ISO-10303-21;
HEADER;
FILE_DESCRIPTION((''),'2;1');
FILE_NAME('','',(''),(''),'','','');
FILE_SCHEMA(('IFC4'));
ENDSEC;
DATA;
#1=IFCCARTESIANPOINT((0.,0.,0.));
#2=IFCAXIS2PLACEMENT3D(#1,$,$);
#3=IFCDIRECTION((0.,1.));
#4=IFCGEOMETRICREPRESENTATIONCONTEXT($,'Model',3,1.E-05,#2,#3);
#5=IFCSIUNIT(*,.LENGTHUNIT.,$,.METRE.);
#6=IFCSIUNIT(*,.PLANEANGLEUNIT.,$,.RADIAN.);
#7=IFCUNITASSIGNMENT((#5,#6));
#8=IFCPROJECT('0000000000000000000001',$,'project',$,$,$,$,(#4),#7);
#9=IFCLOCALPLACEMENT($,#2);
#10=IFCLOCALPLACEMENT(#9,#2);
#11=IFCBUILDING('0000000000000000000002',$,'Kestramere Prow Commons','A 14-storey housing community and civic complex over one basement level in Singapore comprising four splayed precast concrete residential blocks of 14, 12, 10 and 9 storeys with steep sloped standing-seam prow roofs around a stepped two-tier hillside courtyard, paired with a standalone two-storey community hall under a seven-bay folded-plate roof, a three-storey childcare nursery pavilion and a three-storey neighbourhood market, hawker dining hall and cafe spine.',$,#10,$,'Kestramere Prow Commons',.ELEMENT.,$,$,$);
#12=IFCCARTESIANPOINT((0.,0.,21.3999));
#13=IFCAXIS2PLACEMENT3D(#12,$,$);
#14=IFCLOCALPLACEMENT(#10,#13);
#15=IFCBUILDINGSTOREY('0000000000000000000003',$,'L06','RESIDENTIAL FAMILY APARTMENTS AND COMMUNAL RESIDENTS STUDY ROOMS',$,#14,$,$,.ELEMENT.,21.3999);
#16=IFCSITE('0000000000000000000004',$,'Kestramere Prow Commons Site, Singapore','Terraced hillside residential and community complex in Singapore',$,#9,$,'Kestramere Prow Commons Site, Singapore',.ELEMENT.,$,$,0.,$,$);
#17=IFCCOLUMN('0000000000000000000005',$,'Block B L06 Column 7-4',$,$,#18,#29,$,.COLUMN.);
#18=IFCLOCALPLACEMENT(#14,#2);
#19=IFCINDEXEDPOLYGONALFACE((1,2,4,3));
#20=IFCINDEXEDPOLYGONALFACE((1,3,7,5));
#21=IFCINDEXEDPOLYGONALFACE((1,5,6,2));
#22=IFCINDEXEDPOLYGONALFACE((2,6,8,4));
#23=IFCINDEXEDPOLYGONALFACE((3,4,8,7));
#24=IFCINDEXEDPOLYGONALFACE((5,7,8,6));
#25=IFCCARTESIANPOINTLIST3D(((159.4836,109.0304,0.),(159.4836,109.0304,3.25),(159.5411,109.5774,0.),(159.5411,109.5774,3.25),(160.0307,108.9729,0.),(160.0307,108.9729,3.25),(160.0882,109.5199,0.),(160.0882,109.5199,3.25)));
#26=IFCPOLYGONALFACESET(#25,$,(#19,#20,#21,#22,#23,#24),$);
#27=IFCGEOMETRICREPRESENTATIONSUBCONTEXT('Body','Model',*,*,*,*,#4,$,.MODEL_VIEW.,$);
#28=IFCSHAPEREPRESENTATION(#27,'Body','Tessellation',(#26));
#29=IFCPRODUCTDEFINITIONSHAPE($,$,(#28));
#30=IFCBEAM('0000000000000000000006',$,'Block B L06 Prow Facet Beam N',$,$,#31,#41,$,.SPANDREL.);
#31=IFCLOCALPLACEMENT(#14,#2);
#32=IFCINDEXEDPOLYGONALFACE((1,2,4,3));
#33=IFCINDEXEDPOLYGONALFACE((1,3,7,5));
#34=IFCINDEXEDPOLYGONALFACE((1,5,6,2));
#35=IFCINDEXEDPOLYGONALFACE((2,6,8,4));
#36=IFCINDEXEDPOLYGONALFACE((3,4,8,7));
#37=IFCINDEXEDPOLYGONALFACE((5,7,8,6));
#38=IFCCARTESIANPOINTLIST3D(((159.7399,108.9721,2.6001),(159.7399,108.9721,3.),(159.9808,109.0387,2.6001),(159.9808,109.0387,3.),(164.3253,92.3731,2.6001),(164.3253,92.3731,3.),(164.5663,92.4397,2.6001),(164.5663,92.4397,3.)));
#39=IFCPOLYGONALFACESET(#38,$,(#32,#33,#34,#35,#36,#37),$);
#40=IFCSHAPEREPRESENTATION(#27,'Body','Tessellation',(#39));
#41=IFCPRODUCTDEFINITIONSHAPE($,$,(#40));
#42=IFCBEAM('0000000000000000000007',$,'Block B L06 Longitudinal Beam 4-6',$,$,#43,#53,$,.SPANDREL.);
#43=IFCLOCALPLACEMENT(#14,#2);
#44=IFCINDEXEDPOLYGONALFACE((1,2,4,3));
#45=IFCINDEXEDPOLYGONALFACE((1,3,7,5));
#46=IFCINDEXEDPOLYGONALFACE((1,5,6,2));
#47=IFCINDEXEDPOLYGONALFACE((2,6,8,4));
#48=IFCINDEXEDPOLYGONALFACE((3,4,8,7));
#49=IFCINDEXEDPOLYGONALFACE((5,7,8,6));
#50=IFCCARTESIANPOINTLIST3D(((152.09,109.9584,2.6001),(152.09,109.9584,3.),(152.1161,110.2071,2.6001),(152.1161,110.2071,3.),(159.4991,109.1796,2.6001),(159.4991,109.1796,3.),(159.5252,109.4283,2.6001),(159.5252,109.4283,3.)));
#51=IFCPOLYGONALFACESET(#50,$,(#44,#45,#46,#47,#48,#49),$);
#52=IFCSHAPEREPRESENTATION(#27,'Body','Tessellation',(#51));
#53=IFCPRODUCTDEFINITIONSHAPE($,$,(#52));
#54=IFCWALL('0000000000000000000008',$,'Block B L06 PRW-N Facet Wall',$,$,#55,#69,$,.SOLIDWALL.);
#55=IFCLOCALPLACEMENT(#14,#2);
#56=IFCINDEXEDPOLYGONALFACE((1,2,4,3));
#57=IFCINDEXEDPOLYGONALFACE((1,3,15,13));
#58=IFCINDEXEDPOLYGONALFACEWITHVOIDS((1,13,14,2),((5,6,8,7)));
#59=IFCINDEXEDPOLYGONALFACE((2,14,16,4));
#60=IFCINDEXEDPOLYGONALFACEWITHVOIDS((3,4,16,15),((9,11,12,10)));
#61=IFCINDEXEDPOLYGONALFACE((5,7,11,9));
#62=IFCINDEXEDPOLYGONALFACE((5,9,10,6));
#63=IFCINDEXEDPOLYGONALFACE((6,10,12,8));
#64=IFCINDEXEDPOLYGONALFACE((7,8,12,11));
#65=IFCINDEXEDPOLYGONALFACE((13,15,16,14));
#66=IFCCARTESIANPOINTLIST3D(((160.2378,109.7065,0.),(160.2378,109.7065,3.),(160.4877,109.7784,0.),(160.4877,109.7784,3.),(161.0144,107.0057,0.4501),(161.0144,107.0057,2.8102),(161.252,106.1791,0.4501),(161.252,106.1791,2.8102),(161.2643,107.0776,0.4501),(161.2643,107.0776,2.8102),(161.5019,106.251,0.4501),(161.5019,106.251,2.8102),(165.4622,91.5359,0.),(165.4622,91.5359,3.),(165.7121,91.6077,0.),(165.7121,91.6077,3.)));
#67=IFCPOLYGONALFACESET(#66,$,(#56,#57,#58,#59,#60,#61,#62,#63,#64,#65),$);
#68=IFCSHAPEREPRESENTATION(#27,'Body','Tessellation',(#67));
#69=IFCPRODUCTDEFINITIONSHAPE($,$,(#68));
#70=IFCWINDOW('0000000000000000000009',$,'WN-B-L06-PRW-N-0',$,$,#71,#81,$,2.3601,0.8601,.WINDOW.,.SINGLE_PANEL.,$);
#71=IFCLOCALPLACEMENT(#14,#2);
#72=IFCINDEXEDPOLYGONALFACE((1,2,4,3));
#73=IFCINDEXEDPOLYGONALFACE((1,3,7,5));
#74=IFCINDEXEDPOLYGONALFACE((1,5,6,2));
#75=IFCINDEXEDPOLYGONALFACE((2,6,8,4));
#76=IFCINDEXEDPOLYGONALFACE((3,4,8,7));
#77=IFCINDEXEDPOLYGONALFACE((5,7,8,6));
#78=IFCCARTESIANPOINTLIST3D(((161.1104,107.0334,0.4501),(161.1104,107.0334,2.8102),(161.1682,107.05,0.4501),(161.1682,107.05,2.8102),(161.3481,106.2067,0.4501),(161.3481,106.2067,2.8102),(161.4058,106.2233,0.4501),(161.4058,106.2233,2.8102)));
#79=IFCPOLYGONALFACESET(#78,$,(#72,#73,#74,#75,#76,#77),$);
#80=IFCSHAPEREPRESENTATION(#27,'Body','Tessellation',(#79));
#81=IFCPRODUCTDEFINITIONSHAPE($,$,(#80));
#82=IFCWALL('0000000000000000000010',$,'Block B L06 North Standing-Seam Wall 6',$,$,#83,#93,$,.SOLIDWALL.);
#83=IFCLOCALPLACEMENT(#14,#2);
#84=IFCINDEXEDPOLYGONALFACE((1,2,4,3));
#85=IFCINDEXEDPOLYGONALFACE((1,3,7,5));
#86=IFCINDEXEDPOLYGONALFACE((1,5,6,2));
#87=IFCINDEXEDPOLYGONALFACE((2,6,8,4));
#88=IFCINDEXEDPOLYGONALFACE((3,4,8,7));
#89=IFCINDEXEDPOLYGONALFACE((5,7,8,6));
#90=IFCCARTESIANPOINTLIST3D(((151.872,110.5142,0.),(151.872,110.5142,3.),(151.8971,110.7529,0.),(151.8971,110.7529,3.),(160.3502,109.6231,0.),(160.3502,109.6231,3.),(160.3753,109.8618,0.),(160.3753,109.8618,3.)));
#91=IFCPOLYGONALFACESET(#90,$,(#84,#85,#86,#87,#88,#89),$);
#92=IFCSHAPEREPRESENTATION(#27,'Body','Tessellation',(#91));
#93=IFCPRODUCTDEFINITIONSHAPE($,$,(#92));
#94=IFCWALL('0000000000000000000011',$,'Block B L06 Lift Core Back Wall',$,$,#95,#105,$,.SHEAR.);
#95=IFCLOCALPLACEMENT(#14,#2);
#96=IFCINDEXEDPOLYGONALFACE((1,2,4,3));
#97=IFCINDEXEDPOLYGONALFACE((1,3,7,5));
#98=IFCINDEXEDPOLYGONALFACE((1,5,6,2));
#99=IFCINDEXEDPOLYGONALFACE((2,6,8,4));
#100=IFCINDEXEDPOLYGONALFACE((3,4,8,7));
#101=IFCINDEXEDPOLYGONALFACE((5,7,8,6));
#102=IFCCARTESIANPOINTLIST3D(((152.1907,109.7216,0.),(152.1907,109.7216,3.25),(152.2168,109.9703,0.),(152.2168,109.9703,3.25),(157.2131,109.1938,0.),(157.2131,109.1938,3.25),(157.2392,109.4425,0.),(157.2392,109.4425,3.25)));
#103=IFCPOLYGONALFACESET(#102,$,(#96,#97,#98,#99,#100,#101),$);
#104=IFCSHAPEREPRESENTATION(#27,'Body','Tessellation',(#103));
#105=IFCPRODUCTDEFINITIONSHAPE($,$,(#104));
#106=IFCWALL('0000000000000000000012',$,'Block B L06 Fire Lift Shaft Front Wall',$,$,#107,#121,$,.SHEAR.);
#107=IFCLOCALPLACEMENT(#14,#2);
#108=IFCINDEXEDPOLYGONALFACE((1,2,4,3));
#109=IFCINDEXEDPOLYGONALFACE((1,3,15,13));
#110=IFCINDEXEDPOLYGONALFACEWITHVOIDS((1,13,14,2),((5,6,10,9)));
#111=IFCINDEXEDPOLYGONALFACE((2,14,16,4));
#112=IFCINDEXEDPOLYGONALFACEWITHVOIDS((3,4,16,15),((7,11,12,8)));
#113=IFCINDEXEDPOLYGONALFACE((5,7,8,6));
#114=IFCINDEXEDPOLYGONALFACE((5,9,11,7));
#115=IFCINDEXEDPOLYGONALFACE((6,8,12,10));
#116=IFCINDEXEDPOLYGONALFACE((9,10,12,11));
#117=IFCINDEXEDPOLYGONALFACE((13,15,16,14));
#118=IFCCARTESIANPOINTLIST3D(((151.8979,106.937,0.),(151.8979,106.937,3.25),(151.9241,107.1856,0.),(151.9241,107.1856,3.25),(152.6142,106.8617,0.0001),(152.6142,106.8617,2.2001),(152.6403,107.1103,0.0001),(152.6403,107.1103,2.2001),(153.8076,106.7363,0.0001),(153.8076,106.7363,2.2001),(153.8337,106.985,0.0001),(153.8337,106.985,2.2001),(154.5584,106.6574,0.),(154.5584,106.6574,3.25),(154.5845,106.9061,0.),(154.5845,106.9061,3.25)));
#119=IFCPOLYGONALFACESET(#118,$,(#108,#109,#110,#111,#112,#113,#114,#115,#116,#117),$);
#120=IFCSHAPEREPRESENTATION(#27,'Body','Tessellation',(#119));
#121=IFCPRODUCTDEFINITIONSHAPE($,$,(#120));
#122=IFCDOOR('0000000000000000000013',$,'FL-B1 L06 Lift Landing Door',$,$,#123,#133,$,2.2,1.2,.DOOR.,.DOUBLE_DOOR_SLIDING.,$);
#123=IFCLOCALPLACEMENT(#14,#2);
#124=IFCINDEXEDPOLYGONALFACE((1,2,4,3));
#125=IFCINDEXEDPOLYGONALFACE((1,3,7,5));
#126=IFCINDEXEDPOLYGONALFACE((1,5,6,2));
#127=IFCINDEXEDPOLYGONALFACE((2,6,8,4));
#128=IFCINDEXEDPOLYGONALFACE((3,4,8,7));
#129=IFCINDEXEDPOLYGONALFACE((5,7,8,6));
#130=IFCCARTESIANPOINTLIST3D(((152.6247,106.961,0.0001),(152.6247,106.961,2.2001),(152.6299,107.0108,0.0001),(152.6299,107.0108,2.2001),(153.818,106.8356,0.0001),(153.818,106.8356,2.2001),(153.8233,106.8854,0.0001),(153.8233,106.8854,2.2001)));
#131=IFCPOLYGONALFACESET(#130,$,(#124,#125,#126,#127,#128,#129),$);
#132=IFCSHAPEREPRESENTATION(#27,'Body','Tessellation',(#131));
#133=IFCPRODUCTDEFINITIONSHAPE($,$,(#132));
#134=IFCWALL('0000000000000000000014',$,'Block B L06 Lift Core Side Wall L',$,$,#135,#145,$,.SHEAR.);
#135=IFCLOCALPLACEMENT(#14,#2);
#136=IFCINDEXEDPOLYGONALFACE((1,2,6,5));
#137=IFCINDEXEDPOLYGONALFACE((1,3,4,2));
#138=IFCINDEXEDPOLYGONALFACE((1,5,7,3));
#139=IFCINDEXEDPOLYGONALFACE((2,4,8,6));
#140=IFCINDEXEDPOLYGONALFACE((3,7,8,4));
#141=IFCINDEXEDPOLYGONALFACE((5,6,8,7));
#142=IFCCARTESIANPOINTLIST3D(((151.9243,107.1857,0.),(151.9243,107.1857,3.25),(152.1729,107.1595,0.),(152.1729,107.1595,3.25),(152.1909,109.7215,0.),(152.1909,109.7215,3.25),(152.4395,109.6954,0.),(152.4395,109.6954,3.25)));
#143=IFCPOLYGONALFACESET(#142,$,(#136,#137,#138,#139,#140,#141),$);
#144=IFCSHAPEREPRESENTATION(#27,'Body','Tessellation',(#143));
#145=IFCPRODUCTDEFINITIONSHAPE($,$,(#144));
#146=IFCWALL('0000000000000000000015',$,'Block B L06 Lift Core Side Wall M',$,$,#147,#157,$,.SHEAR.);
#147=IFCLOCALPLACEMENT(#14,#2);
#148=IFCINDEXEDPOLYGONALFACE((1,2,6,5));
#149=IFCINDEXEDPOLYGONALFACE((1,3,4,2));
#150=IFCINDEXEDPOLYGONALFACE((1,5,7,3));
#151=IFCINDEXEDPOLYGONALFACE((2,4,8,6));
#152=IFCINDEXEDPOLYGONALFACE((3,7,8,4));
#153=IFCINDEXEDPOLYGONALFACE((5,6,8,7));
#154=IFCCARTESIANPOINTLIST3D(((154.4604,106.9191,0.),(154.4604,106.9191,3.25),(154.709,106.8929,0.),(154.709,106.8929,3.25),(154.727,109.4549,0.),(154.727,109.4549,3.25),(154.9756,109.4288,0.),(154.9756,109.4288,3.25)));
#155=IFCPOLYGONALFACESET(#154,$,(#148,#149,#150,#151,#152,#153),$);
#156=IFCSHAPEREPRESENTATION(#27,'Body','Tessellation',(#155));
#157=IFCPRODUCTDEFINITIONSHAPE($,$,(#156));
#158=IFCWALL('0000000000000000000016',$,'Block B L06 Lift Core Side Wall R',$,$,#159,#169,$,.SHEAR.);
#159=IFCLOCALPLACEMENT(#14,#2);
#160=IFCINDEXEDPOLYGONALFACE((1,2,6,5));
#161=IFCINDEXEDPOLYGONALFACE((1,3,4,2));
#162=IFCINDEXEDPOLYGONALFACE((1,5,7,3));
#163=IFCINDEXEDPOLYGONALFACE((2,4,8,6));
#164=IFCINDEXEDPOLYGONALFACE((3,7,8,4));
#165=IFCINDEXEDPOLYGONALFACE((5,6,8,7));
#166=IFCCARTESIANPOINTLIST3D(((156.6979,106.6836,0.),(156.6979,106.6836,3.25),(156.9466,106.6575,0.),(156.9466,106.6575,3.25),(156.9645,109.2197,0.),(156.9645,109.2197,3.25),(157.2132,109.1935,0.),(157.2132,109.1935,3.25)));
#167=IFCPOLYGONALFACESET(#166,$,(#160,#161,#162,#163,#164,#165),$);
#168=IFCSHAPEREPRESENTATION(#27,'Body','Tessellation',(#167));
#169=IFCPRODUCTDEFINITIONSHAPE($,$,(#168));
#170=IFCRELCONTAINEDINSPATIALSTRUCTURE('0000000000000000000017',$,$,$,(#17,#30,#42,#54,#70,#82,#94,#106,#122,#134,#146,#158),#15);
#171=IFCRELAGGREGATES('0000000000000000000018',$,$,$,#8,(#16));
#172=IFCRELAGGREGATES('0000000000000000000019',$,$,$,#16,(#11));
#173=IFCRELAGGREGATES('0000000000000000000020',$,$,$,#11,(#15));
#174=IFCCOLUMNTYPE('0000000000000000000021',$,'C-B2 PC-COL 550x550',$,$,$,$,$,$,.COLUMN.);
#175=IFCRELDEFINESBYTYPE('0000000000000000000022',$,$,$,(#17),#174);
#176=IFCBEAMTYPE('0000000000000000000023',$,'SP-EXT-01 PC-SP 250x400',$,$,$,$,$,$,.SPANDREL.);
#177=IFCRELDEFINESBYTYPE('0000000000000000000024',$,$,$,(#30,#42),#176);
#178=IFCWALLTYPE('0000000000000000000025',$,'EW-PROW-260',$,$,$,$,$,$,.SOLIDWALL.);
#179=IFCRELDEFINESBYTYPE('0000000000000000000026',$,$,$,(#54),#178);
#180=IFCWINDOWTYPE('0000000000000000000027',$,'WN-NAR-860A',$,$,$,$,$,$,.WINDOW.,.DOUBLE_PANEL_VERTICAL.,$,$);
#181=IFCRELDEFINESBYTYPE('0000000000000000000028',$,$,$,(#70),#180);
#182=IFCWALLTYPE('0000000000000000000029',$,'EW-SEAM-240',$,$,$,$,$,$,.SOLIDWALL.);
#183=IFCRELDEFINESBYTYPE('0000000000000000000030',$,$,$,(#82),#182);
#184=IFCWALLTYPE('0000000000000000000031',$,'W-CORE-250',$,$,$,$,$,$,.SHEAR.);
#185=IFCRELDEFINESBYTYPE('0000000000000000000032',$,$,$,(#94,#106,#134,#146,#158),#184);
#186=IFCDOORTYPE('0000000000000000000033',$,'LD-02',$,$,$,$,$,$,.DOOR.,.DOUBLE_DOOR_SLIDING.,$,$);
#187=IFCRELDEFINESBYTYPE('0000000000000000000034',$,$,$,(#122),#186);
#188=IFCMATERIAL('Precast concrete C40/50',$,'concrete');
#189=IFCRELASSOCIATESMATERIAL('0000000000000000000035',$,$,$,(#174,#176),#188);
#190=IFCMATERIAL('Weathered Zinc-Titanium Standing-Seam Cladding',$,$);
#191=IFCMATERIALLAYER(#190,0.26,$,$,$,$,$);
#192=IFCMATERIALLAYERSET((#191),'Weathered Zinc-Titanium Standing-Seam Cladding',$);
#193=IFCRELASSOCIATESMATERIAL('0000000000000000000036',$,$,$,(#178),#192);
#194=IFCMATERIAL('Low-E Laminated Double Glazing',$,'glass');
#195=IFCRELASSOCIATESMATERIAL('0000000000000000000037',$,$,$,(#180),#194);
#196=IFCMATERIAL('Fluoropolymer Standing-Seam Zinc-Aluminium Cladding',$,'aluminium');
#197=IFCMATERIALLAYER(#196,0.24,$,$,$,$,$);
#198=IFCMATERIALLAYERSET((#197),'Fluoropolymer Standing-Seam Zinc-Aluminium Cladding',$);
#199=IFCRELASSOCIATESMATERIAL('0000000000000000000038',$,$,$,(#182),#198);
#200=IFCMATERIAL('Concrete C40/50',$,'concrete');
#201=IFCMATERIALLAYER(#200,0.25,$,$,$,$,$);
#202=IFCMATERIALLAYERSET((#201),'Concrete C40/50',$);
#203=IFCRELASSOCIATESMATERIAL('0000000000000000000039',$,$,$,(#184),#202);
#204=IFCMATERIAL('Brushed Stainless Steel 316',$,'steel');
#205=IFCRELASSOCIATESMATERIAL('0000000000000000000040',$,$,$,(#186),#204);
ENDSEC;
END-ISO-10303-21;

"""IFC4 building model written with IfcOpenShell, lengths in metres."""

from ifc_helpers import new_model, si_unit, direction, frame, frame_2d, origin, origin_2d, place, context, subcontext, project, spatial, rectangle, extrude, material, layer, layer_set, material_profile, profile_set, type_object, element, fill, save


model = new_model("IFC4")

# Units and contexts
model_context = context("Model", 3, precision=1e-05, world=origin(), true_north=direction((0.0, 1.0)))
body_context = subcontext(model_context, "Body", "Model", "MODEL_VIEW")
ifc_project = project(units=[si_unit("LENGTHUNIT", "METRE"), si_unit("PLANEANGLEUNIT", "RADIAN")], contexts=[model_context])

# Site, building, storey
site_placement = place(None, origin())
site = spatial("IfcSite", under=ifc_project, at=site_placement, Name="Kestramere Prow Commons Site, Singapore", Description="Terraced hillside residential and community complex in Singapore", LongName="Kestramere Prow Commons Site, Singapore", CompositionType="ELEMENT", RefElevation=0.0)
building_placement = place(site_placement, origin())
building = spatial("IfcBuilding", under=site, at=building_placement, Name="Kestramere Prow Commons", Description="A 14-storey housing community and civic complex over one basement level in Singapore comprising four splayed precast concrete residential blocks of 14, 12, 10 and 9 storeys with steep sloped standing-seam prow roofs around a stepped two-tier hillside courtyard, paired with a standalone two-storey community hall under a seven-bay folded-plate roof, a three-storey childcare nursery pavilion and a three-storey neighbourhood market, hawker dining hall and cafe spine.", LongName="Kestramere Prow Commons", CompositionType="ELEMENT")
storey_placement = place(building_placement, frame((0.0, 0.0, 21.3999)))
storey = spatial("IfcBuildingStorey", under=building, at=storey_placement, Name="L06", Description="RESIDENTIAL FAMILY APARTMENTS AND COMMUNAL RESIDENTS STUDY ROOMS", CompositionType="ELEMENT", Elevation=21.3999)

# Column
ifc_material_1 = material(Name="Precast concrete C40/50", Category="concrete")
ifc_material_profile_1 = material_profile(ifc_material_1, rectangle(XDim=0.55, YDim=0.55, at=origin_2d()), Name="PC-COL 550x550")
ifc_profile_set_1 = profile_set([ifc_material_profile_1], Name="Precast concrete C40/50")
column_type = type_object("IfcColumnType", Name="C-B2 PC-COL 550x550", PredefinedType="COLUMN", material=ifc_profile_set_1)
column_placement = place(storey_placement, frame((159.7859, 109.2751, 0.0), z_axis=(0.0, 0.0, 1.0), x_axis=(0.994522, -0.104528, 0.0)))
element("IfcColumn", 1, at=column_placement, inside=storey, type_object=column_type, Name="Block B L06 Column 7-4", PredefinedType="COLUMN", context=body_context, shape_type="SweptSolid", body=[
    extrude(rectangle(XDim=0.55, YDim=0.55, at=origin_2d()), origin(), (0.0, 0.0, 1.0), 3.25),
])

# Beams
ifc_material_profile_2 = material_profile(ifc_material_1, rectangle(XDim=0.25, YDim=0.3999, at=origin_2d()), Name="PC-SP 250x400")
ifc_profile_set_2 = profile_set([ifc_material_profile_2], Name="Precast concrete C40/50")
beam_type = type_object("IfcBeamType", Name="SP-EXT-01 PC-SP 250x400", PredefinedType="SPANDREL", material=ifc_profile_set_2)
beam_1_placement = place(storey_placement, frame((159.8604, 109.0054, 2.8), z_axis=(0.266277, -0.963897, 0.0), x_axis=(0.963897, 0.266277, 0.0)))
element("IfcBeam", 2, at=beam_1_placement, inside=storey, type_object=beam_type, Name="Block B L06 Prow Facet Beam N", PredefinedType="SPANDREL", context=body_context, shape_type="SweptSolid", body=[
    extrude(rectangle(XDim=0.25, YDim=0.3999, at=origin_2d()), origin(), (0.0, 0.0, 1.0), 17.2207),
])
beam_2_placement = place(storey_placement, frame((152.103, 110.0828, 2.8), z_axis=(0.994521, -0.104538, 0.0), x_axis=(0.104538, 0.994521, 0.0)))
element("IfcBeam", 3, at=beam_2_placement, inside=storey, type_object=beam_type, Name="Block B L06 Longitudinal Beam 4-6", PredefinedType="SPANDREL", context=body_context, shape_type="SweptSolid", body=[
    extrude(rectangle(XDim=0.25, YDim=0.3999, at=origin_2d()), origin(), (0.0, 0.0, 1.0), 7.45),
])

# Wall, opening, window
ifc_material_2 = material(Name="Weathered Zinc-Titanium Standing-Seam Cladding")
ifc_layer_1 = layer(ifc_material_2, 0.26)
ifc_layer_set_1 = layer_set([ifc_layer_1], Name="Weathered Zinc-Titanium Standing-Seam Cladding")
wall_type_1 = type_object("IfcWallType", Name="EW-PROW-260", PredefinedType="SOLIDWALL", material=ifc_layer_set_1)
wall_1_placement = place(storey_placement, frame((160.3628, 109.7424, 0.0), z_axis=(0.0, 0.0, 1.0), x_axis=(0.276322, -0.961065, 0.0)))
wall_1 = element("IfcWall", 4, at=wall_1_placement, inside=storey, type_object=wall_type_1, Name="Block B L06 PRW-N Facet Wall", PredefinedType="SOLIDWALL", context=body_context, shape_type="SweptSolid", body=[
    extrude(rectangle(XDim=18.9067, YDim=0.26, at=frame_2d((9.4534, 0.0))), origin(), (0.0, 0.0, 1.0), 3.0),
])
opening_1_placement = place(wall_1_placement, frame((2.8101, 0.0, 0.45)))
opening_1 = element("IfcOpeningElement", 5, at=opening_1_placement, cuts=wall_1, PredefinedType="OPENING", context=body_context, shape_type="SweptSolid", body=[
    extrude(rectangle(XDim=0.8601, YDim=2.3601, at=frame_2d((0.4302, 1.1802))), frame((0.0, 0.145, 0.0), z_axis=(0.0, -1.0, 0.0), x_axis=(1.0, 0.0, 0.0)), (0.0, 0.0, 1.0), 0.29),
])
ifc_material_3 = material(Name="Low-E Laminated Double Glazing", Category="glass")
window_type = type_object("IfcWindowType", Name="WN-NAR-860A", PartitioningType="DOUBLE_PANEL_VERTICAL", PredefinedType="WINDOW", material=ifc_material_3)
window_placement = place(opening_1_placement, origin())
window = element("IfcWindow", 6, at=window_placement, inside=storey, type_object=window_type, Name="WN-B-L06-PRW-N-0", OverallHeight=2.3601, OverallWidth=0.8601, PartitioningType="SINGLE_PANEL", PredefinedType="WINDOW", context=body_context, shape_type="SweptSolid", body=[
    extrude(rectangle(XDim=0.8601, YDim=2.3601, at=frame_2d((0.4302, 1.1802))), frame((0.0, 0.03, 0.0), z_axis=(0.0, -1.0, 0.0), x_axis=(1.0, 0.0, 0.0)), (0.0, 0.0, 1.0), 0.0601),
])
fill(opening_1, window)

# Walls
ifc_material_4 = material(Name="Fluoropolymer Standing-Seam Zinc-Aluminium Cladding", Category="aluminium")
ifc_layer_2 = layer(ifc_material_4, 0.24)
ifc_layer_set_2 = layer_set([ifc_layer_2], Name="Fluoropolymer Standing-Seam Zinc-Aluminium Cladding")
wall_type_2 = type_object("IfcWallType", Name="EW-SEAM-240", PredefinedType="SOLIDWALL", material=ifc_layer_set_2)
wall_2_placement = place(storey_placement, frame((151.8845, 110.6335, 0.0), z_axis=(0.0, 0.0, 1.0), x_axis=(0.994522, -0.10453, 0.0)))
element("IfcWall", 7, at=wall_2_placement, inside=storey, type_object=wall_type_2, Name="Block B L06 North Standing-Seam Wall 6", PredefinedType="SOLIDWALL", context=body_context, shape_type="SweptSolid", body=[
    extrude(rectangle(XDim=8.5249, YDim=0.24, at=frame_2d((4.2625, 0.0))), origin(), (0.0, 0.0, 1.0), 3.0),
])
ifc_material_5 = material(Name="Concrete C40/50", Category="concrete")
ifc_layer_3 = layer(ifc_material_5, 0.25)
ifc_layer_set_3 = layer_set([ifc_layer_3], Name="Concrete C40/50")
wall_type_3 = type_object("IfcWallType", Name="W-CORE-250", PredefinedType="SHEAR", material=ifc_layer_set_3)
wall_3_placement = place(storey_placement, frame((152.2039, 109.8459, 0.0), z_axis=(0.0, 0.0, 1.0), x_axis=(0.994523, -0.104519, 0.0)))
element("IfcWall", 8, at=wall_3_placement, inside=storey, type_object=wall_type_3, Name="Block B L06 Lift Core Back Wall", PredefinedType="SHEAR", context=body_context, shape_type="SweptSolid", body=[
    extrude(rectangle(XDim=5.05, YDim=0.25, at=frame_2d((2.5249, 0.0))), origin(), (0.0, 0.0, 1.0), 3.25),
])

# Wall, opening, door
wall_4_placement = place(storey_placement, frame((151.9111, 107.0613, 0.0), z_axis=(0.0, 0.0, 1.0), x_axis=(0.994525, -0.1045, 0.0)))
wall_4 = element("IfcWall", 9, at=wall_4_placement, inside=storey, type_object=wall_type_3, Name="Block B L06 Fire Lift Shaft Front Wall", PredefinedType="SHEAR", context=body_context, shape_type="SweptSolid", body=[
    extrude(rectangle(XDim=2.675, YDim=0.25, at=frame_2d((1.3374, 0.0))), origin(), (0.0, 0.0, 1.0), 3.25),
])
opening_2_placement = place(wall_4_placement, frame((0.72, 0.0, 0.0)))
opening_2 = element("IfcOpeningElement", 10, at=opening_2_placement, cuts=wall_4, PredefinedType="OPENING", context=body_context, shape_type="SweptSolid", body=[
    extrude(rectangle(XDim=1.2, YDim=2.2, at=frame_2d((0.6001, 1.1001))), frame((0.0, 0.1399, 0.0), z_axis=(0.0, -1.0, 0.0), x_axis=(1.0, 0.0, 0.0)), (0.0, 0.0, 1.0), 0.28),
])
ifc_material_6 = material(Name="Brushed Stainless Steel 316", Category="steel")
door_type_1 = type_object("IfcDoorType", Name="LD-02", OperationType="DOUBLE_DOOR_SLIDING", PredefinedType="DOOR", material=ifc_material_6)
door_1_placement = place(opening_2_placement, origin())
door_1 = element("IfcDoor", 11, at=door_1_placement, inside=storey, type_object=door_type_1, Name="FL-B1 L06 Lift Landing Door", OperationType="DOUBLE_DOOR_SLIDING", OverallHeight=2.2, OverallWidth=1.2, PredefinedType="DOOR", context=body_context, shape_type="SweptSolid", body=[
    extrude(rectangle(XDim=1.2, YDim=2.2, at=frame_2d((0.6001, 1.1001))), frame((0.0, 0.0249, 0.0), z_axis=(0.0, -1.0, 0.0), x_axis=(1.0, 0.0, 0.0)), (0.0, 0.0, 1.0), 0.05),
])
fill(opening_2, door_1)

# Walls
for number, where, z_axis, x_axis, name in (
    (12, (152.0486, 107.1726, 0.0), (0.0, 0.0, 1.0), (0.104555, 0.994519, 0.0), "Block B L06 Lift Core Side Wall L"),
    (13, (154.5847, 106.906, 0.0), (0.0, 0.0, 1.0), (0.104555, 0.994519, 0.0), "Block B L06 Lift Core Side Wall M"),
):
    element("IfcWall", number, at=place(storey_placement, frame(where, z_axis=z_axis, x_axis=x_axis)), inside=storey, type_object=wall_type_3, Name=name, PredefinedType="SHEAR", context=body_context, shape_type="SweptSolid", body=[
        extrude(rectangle(XDim=2.5498, YDim=0.25, at=frame_2d((1.2749, 0.0))), origin(), (0.0, 0.0, 1.0), 3.25),
    ])
wall_5_placement = place(storey_placement, frame((156.8223, 106.6707, 0.0), z_axis=(0.0, 0.0, 1.0), x_axis=(0.104545, 0.99452, 0.0)))
element("IfcWall", 14, at=wall_5_placement, inside=storey, type_object=wall_type_3, Name="Block B L06 Lift Core Side Wall R", PredefinedType="SHEAR", context=body_context, shape_type="SweptSolid", body=[
    extrude(rectangle(XDim=2.55, YDim=0.25, at=frame_2d((1.2749, 0.0))), origin(), (0.0, 0.0, 1.0), 3.25),
])

save(model, "model.ifc")
